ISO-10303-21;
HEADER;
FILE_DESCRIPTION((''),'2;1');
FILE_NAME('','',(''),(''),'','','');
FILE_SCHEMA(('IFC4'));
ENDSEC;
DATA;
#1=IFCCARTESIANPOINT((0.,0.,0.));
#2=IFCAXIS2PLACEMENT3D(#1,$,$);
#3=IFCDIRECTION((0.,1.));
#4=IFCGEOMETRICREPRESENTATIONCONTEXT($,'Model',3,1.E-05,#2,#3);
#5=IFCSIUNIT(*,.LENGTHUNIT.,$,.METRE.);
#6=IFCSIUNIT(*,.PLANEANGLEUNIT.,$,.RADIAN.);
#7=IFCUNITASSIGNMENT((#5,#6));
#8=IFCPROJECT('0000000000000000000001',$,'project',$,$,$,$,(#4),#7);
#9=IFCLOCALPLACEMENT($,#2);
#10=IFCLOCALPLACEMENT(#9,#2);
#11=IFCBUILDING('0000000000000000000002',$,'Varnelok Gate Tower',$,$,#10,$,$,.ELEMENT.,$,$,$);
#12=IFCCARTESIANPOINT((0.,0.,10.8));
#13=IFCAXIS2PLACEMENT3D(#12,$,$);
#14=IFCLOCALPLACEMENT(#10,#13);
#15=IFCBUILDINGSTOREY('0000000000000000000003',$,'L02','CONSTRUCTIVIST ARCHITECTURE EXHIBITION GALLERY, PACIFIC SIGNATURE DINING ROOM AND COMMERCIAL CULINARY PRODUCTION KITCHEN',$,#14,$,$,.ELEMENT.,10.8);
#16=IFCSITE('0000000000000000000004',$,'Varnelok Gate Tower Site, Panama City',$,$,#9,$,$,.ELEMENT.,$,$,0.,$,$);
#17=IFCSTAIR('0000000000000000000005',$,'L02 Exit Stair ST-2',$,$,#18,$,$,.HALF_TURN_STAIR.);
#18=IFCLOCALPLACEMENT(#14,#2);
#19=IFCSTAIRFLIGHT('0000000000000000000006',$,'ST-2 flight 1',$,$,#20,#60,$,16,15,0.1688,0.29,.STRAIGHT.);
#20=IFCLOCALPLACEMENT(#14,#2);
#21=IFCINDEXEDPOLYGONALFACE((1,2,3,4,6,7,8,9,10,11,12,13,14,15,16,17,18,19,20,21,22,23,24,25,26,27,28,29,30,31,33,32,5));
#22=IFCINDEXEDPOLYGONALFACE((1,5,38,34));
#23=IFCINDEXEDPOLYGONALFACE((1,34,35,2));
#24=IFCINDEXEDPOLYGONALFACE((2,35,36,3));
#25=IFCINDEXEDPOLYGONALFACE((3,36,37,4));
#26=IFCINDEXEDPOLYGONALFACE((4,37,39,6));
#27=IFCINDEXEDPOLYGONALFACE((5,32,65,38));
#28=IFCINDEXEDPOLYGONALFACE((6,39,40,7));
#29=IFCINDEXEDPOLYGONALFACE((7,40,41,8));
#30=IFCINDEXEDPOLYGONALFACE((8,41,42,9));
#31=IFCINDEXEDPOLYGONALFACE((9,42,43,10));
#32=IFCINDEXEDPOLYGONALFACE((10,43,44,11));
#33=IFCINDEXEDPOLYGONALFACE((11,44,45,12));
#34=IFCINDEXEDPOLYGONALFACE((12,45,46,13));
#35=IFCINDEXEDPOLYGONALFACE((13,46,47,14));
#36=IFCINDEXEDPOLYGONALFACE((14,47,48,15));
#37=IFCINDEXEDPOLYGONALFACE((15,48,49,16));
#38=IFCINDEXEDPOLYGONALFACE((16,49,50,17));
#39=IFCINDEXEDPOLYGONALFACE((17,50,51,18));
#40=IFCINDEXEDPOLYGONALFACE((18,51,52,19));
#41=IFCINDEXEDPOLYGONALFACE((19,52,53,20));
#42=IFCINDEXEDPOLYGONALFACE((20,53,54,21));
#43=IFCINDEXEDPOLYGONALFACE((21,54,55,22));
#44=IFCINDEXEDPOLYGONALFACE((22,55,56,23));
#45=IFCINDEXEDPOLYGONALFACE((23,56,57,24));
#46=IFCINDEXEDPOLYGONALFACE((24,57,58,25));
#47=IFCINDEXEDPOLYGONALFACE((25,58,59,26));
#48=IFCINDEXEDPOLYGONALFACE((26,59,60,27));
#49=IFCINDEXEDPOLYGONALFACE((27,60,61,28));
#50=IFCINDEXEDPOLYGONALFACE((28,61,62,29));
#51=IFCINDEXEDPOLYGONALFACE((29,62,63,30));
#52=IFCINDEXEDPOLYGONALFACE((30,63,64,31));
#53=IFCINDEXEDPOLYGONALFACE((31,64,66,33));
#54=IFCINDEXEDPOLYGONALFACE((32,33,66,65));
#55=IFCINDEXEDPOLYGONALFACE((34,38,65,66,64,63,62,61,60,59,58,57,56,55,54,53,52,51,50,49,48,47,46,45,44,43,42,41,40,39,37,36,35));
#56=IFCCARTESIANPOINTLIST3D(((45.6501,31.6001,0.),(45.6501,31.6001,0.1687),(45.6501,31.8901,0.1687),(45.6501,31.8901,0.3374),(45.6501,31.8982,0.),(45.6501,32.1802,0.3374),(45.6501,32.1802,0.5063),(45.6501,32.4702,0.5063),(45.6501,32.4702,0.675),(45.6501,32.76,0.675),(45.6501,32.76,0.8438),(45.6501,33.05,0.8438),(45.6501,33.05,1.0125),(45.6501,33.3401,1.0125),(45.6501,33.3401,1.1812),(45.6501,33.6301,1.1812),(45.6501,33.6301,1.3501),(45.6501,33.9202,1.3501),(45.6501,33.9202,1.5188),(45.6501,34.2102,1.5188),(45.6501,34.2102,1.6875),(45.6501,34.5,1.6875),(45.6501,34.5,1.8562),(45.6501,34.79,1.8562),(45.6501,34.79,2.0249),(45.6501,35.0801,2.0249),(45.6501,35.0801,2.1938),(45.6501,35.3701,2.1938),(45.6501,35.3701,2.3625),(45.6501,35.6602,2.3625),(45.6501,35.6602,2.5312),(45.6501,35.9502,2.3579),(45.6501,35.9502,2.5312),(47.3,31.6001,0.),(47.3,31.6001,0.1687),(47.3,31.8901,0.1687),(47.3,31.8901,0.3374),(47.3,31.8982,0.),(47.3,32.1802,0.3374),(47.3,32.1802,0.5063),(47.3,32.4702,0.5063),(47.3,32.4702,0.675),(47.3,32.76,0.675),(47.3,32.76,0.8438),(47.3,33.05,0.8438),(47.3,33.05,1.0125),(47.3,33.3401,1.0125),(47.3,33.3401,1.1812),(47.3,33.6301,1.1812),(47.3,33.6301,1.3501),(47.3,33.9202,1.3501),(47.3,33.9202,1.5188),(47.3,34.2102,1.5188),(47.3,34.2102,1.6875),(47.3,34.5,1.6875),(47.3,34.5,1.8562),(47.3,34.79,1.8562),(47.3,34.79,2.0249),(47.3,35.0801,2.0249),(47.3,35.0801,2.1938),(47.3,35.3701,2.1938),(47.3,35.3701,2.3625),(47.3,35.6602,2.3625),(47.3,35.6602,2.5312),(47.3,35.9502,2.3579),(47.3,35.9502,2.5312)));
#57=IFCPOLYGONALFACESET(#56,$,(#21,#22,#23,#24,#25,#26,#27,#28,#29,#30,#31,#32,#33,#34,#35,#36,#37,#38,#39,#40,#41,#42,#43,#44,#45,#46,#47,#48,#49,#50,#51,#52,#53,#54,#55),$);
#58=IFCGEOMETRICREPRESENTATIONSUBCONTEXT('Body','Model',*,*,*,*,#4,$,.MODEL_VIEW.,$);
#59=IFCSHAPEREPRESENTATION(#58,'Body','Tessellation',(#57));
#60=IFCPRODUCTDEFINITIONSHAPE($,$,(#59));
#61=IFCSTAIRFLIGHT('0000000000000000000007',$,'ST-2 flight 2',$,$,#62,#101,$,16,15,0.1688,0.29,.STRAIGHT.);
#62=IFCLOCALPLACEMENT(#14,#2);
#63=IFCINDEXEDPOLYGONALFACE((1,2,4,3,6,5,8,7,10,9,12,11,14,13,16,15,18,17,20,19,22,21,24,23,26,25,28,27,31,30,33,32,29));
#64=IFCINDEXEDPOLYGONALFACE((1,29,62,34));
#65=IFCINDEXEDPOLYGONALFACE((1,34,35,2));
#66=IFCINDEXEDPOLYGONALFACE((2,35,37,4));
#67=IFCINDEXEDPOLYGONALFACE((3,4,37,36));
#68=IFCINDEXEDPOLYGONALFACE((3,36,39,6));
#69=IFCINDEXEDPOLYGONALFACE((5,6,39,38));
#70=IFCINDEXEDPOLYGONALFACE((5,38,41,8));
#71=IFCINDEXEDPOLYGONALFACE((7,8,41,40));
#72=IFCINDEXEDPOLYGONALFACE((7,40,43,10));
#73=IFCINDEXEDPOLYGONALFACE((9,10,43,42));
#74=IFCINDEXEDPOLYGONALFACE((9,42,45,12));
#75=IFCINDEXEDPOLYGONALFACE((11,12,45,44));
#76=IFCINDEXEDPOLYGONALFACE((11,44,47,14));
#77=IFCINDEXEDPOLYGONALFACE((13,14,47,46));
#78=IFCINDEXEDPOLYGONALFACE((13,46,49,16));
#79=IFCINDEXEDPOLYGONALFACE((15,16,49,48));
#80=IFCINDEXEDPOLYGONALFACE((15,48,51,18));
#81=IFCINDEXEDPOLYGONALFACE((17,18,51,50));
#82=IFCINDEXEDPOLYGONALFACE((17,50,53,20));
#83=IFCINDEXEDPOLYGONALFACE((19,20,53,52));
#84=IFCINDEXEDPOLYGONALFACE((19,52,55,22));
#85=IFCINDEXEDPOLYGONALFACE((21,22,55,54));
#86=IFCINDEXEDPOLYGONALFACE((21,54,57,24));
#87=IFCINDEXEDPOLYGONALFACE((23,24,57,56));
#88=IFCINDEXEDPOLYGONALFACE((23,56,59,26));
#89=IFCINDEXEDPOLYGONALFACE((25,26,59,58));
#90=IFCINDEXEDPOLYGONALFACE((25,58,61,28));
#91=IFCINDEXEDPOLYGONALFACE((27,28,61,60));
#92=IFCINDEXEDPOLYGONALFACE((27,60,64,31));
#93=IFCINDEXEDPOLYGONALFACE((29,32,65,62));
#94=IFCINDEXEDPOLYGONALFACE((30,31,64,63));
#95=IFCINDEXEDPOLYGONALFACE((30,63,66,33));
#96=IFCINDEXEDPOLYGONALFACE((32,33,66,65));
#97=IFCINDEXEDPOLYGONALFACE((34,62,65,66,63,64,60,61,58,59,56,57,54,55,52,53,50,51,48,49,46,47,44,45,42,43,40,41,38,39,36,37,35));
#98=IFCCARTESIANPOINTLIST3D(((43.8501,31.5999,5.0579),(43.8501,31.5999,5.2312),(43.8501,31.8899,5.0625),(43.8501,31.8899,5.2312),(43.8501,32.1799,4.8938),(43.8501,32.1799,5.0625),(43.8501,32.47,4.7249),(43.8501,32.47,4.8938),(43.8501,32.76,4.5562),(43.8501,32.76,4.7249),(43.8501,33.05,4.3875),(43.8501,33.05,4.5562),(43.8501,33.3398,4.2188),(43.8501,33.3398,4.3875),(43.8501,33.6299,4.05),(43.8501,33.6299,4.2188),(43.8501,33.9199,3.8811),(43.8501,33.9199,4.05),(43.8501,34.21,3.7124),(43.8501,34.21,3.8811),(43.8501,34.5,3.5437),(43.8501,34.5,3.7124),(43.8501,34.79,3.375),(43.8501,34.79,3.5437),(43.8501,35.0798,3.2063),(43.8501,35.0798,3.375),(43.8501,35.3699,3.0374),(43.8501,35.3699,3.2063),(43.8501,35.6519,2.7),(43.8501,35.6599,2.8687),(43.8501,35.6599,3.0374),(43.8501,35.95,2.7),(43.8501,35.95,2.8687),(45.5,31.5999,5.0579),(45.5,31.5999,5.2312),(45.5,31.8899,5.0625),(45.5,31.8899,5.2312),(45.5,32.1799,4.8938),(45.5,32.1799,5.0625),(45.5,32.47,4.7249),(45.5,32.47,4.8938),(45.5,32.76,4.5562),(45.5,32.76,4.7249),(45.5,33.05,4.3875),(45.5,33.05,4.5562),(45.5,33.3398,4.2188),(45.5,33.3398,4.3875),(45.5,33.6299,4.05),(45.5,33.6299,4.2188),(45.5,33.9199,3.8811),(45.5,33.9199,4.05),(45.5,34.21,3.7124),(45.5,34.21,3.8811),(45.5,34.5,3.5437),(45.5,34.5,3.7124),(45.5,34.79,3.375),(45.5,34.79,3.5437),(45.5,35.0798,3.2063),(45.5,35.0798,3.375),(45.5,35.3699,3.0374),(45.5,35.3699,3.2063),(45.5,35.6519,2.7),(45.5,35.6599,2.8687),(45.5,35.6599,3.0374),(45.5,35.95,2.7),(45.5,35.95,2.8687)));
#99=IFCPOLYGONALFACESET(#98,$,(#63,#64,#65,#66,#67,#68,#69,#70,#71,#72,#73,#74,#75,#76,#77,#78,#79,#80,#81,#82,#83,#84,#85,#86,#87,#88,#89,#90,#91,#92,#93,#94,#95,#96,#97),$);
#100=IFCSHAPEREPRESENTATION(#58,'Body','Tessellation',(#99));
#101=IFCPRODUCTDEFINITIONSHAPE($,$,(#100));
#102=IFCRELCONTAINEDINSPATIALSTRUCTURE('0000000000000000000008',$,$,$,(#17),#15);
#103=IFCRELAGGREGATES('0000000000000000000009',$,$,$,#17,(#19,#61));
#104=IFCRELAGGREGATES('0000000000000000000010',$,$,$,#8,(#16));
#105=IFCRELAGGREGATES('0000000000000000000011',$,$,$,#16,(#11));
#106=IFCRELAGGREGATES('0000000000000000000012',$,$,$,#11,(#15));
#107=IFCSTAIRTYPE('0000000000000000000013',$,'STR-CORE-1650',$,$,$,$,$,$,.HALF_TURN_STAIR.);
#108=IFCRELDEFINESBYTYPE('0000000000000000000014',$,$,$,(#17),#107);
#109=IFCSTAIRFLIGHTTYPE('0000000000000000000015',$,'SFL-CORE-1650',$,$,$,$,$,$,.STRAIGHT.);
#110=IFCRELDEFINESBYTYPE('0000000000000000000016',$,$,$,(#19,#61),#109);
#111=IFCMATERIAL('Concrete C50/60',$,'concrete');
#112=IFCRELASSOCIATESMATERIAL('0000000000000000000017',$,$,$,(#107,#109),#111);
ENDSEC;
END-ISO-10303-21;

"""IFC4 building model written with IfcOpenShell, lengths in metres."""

from ifc_helpers import new_model, si_unit, direction, frame, origin, place, context, subcontext, project, spatial, polyline, outline, extrude, material, type_object, element, aggregate, save


model = new_model("IFC4")

# Units and contexts
model_context = context("Model", 3, precision=1e-05, world=origin(), true_north=direction((0.0, 1.0)))
body_context = subcontext(model_context, "Body", "Model", "MODEL_VIEW")
ifc_project = project(units=[si_unit("LENGTHUNIT", "METRE"), si_unit("PLANEANGLEUNIT", "RADIAN")], contexts=[model_context])

# Site, building, storey
site_placement = place(None, origin())
site = spatial("IfcSite", under=ifc_project, at=site_placement, Name="Varnelok Gate Tower Site, Panama City", CompositionType="ELEMENT", RefElevation=0.0)
building_placement = place(site_placement, origin())
building = spatial("IfcBuilding", under=site, at=building_placement, Name="Varnelok Gate Tower", CompositionType="ELEMENT")
storey_placement = place(building_placement, frame((0.0, 0.0, 10.8)))
storey = spatial("IfcBuildingStorey", under=building, at=storey_placement, Name="L02", Description="CONSTRUCTIVIST ARCHITECTURE EXHIBITION GALLERY, PACIFIC SIGNATURE DINING ROOM AND COMMERCIAL CULINARY PRODUCTION KITCHEN", CompositionType="ELEMENT", Elevation=10.8)

# Stair, stair flights
ifc_material_1 = material(Name="Concrete C50/60", Category="concrete")
stair_type = type_object("IfcStairType", Name="STR-CORE-1650", PredefinedType="HALF_TURN_STAIR", material=ifc_material_1)
stair_placement = place(storey_placement, origin())
stair = element("IfcStair", 1, at=stair_placement, inside=storey, type_object=stair_type, Name="L02 Exit Stair ST-2", PredefinedType="HALF_TURN_STAIR")
stair_flight_type = type_object("IfcStairFlightType", Name="SFL-CORE-1650", PredefinedType="STRAIGHT", material=ifc_material_1)
stair_flight_1_placement = place(storey_placement, frame((46.4751, 31.6001, 0.0), z_axis=(0.0, 0.0, 1.0), x_axis=(0.0, 1.0, 0.0)))
stair_flight_1 = element("IfcStairFlight", 2, at=stair_flight_1_placement, type_object=stair_flight_type, Name="ST-2 flight 1", NumberOfRisers=16, NumberOfTreads=15, PredefinedType="STRAIGHT", RiserHeight=0.1688, TreadLength=0.29, context=body_context, shape_type="SweptSolid", body=[
    extrude(outline(polyline([(0.0, 0.0), (0.0, 0.1687), (0.29, 0.1687), (0.29, 0.3374), (0.5801, 0.3374), (0.5801, 0.5063), (0.8701, 0.5063), (0.8701, 0.675), (1.1599, 0.675), (1.1599, 0.8438), (1.45, 0.8438), (1.45, 1.0125), (1.74, 1.0125), (1.74, 1.1812), (2.03, 1.1812), (2.03, 1.3501), (2.3201, 1.3501), (2.3201, 1.5188), (2.6101, 1.5188), (2.6101, 1.6875), (2.8999, 1.6875), (2.8999, 1.8562), (3.1899, 1.8562), (3.1899, 2.0249), (3.48, 2.0249), (3.48, 2.1938), (3.77, 2.1938), (3.77, 2.3625), (4.0601, 2.3625), (4.0601, 2.5312), (4.3501, 2.5312), (4.3501, 2.7), (4.3501, 2.3579), (0.2981, 0.0), (0.0, 0.0)])), frame((0.0, 0.825, 0.0), z_axis=(0.0, -1.0, 0.0), x_axis=(1.0, 0.0, 0.0)), (0.0, 0.0, 1.0), 1.6499),
])
stair_flight_2_placement = place(storey_placement, frame((44.675, 35.95, 2.7), z_axis=(0.0, 0.0, 1.0), x_axis=(0.0, -1.0, 0.0)))
stair_flight_2 = element("IfcStairFlight", 3, at=stair_flight_2_placement, type_object=stair_flight_type, Name="ST-2 flight 2", NumberOfRisers=16, NumberOfTreads=15, PredefinedType="STRAIGHT", RiserHeight=0.1688, TreadLength=0.29, context=body_context, shape_type="SweptSolid", body=[
    extrude(outline(polyline([(0.0, 0.0), (0.0, 0.1687), (0.29, 0.1687), (0.29, 0.3374), (0.5801, 0.3374), (0.5801, 0.5063), (0.8701, 0.5063), (0.8701, 0.675), (1.1599, 0.675), (1.1599, 0.8438), (1.45, 0.8438), (1.45, 1.0125), (1.74, 1.0125), (1.74, 1.1812), (2.03, 1.1812), (2.03, 1.3501), (2.3201, 1.3501), (2.3201, 1.5188), (2.6101, 1.5188), (2.6101, 1.6875), (2.8999, 1.6875), (2.8999, 1.8562), (3.1899, 1.8562), (3.1899, 2.0249), (3.48, 2.0249), (3.48, 2.1938), (3.77, 2.1938), (3.77, 2.3625), (4.0601, 2.3625), (4.0601, 2.5312), (4.3501, 2.5312), (4.3501, 2.7), (4.3501, 2.3579), (0.2981, 0.0), (0.0, 0.0)])), frame((0.0, 0.825, 0.0), z_axis=(0.0, -1.0, 0.0), x_axis=(1.0, 0.0, 0.0)), (0.0, 0.0, 1.0), 1.6499),
])
aggregate(stair, [stair_flight_1, stair_flight_2])

save(model, "model.ifc")
